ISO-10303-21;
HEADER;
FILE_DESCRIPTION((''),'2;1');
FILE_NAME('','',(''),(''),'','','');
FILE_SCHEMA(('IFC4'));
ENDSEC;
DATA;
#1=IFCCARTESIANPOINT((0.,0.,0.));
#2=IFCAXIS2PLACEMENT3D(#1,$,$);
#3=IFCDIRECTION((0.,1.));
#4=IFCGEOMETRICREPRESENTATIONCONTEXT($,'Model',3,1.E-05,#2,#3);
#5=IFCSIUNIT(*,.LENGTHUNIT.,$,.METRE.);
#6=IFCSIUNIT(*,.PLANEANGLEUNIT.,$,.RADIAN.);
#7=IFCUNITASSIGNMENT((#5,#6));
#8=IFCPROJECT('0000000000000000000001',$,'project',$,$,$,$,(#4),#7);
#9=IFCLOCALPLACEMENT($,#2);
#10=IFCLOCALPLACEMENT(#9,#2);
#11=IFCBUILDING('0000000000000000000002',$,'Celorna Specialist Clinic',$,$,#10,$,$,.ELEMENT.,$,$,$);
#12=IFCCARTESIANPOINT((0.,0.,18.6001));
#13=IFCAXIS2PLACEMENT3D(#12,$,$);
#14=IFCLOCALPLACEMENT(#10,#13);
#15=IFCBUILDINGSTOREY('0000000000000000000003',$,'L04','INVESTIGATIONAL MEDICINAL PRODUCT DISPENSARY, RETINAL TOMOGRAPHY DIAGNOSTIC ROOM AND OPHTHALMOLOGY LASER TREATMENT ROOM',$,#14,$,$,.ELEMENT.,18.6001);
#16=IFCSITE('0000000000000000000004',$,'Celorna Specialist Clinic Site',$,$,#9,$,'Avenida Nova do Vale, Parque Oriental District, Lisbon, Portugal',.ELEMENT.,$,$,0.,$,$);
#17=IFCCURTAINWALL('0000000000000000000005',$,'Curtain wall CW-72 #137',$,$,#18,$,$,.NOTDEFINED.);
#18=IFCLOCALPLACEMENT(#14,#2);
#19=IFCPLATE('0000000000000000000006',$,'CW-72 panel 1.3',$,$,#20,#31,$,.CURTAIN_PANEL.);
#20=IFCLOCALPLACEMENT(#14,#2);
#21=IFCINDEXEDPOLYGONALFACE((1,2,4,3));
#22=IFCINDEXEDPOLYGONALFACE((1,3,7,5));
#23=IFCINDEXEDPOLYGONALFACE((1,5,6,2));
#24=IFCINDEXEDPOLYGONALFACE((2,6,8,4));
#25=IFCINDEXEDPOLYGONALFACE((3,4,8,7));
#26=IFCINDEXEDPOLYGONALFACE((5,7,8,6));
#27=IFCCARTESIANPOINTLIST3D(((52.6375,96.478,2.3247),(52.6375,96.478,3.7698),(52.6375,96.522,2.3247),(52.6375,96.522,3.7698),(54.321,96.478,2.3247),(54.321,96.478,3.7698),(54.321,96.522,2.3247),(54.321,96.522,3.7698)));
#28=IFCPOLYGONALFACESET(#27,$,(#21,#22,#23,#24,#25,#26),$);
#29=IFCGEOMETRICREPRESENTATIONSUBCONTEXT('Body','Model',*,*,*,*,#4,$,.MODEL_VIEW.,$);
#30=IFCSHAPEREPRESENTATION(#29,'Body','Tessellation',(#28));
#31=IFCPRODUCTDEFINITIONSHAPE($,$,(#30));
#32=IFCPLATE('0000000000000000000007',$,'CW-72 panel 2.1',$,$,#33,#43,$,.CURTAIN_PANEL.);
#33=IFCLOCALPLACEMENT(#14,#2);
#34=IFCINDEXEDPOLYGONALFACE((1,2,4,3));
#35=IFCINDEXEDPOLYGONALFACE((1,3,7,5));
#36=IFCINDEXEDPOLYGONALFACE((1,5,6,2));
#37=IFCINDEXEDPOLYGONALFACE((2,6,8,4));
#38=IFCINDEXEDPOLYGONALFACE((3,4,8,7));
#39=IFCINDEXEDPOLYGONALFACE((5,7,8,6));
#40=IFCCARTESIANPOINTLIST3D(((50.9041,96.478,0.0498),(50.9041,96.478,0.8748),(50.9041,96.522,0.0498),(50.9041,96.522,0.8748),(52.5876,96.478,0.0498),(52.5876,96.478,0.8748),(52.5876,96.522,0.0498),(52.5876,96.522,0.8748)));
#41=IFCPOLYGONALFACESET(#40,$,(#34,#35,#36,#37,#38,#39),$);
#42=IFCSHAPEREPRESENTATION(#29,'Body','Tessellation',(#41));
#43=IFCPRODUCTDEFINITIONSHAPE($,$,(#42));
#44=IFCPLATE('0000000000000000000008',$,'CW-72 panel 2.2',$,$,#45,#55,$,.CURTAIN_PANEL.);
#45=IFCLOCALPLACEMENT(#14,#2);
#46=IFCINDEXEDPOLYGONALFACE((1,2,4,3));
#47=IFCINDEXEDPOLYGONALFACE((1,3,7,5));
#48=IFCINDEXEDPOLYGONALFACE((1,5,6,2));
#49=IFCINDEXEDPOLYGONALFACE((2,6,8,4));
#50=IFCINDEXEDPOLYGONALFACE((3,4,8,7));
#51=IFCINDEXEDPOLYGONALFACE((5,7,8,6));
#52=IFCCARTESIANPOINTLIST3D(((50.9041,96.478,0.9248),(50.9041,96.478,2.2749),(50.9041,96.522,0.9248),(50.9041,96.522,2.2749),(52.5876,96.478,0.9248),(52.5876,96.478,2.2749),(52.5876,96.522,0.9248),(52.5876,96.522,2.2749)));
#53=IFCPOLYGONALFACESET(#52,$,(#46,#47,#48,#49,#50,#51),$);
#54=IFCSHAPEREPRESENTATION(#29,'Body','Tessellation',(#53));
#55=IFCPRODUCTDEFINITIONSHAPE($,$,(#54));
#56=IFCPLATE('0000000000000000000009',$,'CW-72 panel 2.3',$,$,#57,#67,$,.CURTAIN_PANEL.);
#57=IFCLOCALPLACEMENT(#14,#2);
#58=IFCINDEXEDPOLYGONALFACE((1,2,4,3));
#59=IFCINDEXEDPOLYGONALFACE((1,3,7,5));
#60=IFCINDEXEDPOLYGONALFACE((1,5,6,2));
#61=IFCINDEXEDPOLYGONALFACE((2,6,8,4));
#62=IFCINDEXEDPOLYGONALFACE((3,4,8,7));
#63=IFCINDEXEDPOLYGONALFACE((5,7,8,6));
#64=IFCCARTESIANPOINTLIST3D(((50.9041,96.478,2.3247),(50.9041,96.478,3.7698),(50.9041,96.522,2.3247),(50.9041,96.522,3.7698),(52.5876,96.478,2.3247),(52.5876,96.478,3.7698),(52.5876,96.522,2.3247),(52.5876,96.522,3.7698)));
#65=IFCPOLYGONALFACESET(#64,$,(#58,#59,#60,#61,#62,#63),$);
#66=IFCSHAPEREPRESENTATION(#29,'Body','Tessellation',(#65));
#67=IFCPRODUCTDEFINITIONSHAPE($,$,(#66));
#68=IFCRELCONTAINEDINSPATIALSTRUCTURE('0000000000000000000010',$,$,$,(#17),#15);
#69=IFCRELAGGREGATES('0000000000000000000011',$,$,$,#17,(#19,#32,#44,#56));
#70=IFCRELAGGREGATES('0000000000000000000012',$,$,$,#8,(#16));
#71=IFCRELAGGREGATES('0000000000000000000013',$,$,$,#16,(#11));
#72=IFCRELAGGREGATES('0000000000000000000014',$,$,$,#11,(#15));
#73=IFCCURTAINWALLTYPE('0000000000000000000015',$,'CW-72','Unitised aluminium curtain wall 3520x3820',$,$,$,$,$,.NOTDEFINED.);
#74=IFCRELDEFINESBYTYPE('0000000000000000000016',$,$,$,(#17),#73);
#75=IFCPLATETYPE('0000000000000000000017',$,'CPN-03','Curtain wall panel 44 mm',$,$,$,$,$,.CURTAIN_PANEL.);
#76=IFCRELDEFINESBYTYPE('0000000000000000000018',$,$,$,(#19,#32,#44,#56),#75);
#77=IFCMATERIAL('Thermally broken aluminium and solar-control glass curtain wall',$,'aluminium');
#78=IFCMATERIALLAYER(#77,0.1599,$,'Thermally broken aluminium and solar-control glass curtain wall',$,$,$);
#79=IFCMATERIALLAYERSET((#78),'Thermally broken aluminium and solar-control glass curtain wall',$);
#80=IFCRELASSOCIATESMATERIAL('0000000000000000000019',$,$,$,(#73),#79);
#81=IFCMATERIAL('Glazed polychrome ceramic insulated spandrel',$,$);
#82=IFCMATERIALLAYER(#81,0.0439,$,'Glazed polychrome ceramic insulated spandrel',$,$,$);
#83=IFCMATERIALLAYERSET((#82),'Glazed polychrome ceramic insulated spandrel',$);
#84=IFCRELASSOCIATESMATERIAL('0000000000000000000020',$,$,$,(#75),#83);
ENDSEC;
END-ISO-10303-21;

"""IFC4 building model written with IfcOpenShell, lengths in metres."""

from ifc_helpers import new_model, si_unit, direction, frame, origin, origin_2d, place, context, subcontext, project, spatial, rectangle, extrude, material, layer, layer_set, type_object, element, aggregate, save


model = new_model("IFC4")

# Units and contexts
model_context = context("Model", 3, precision=1e-05, world=origin(), true_north=direction((0.0, 1.0)))
body_context = subcontext(model_context, "Body", "Model", "MODEL_VIEW")
ifc_project = project(units=[si_unit("LENGTHUNIT", "METRE"), si_unit("PLANEANGLEUNIT", "RADIAN")], contexts=[model_context])

# Site, building, storey
site_placement = place(None, origin())
site = spatial("IfcSite", under=ifc_project, at=site_placement, Name="Celorna Specialist Clinic Site", LongName="Avenida Nova do Vale, Parque Oriental District, Lisbon, Portugal", CompositionType="ELEMENT", RefElevation=0.0)
building_placement = place(site_placement, origin())
building = spatial("IfcBuilding", under=site, at=building_placement, Name="Celorna Specialist Clinic", CompositionType="ELEMENT")
storey_placement = place(building_placement, frame((0.0, 0.0, 18.6001)))
storey = spatial("IfcBuildingStorey", under=building, at=storey_placement, Name="L04", Description="INVESTIGATIONAL MEDICINAL PRODUCT DISPENSARY, RETINAL TOMOGRAPHY DIAGNOSTIC ROOM AND OPHTHALMOLOGY LASER TREATMENT ROOM", CompositionType="ELEMENT", Elevation=18.6001)

# Shared definitions
ifc_material_1 = material(Name="Thermally broken aluminium and solar-control glass curtain wall", Category="aluminium")

# Curtain wall
ifc_layer_1 = layer(ifc_material_1, 0.1599, Name="Thermally broken aluminium and solar-control glass curtain wall")
ifc_layer_set_1 = layer_set([ifc_layer_1], Name="Thermally broken aluminium and solar-control glass curtain wall")
curtain_wall_type_1 = type_object("IfcCurtainWallType", Name="CW-72", Description="Unitised aluminium curtain wall 3520x3820", PredefinedType="NOTDEFINED", material=ifc_layer_set_1)
curtain_wall_1_placement = place(storey_placement, origin())
curtain_wall_1 = element("IfcCurtainWall", 1, at=curtain_wall_1_placement, inside=storey, type_object=curtain_wall_type_1, Name="Curtain wall CW-72 #137", PredefinedType="NOTDEFINED")

# Plates
ifc_material_2 = material(Name="Glazed polychrome ceramic insulated spandrel")
ifc_layer_2 = layer(ifc_material_2, 0.0439, Name="Glazed polychrome ceramic insulated spandrel")
ifc_layer_set_2 = layer_set([ifc_layer_2], Name="Glazed polychrome ceramic insulated spandrel")
plate_type_1 = type_object("IfcPlateType", Name="CPN-03", Description="Curtain wall panel 44 mm", PredefinedType="CURTAIN_PANEL", material=ifc_layer_set_2)
plate_1_placement = place(storey_placement, frame((53.4792, 96.5, 2.3247), z_axis=(0.0, 0.0, 1.0), x_axis=(-1.0, 0.0, 0.0)))
plate_1 = element("IfcPlate", 2, at=plate_1_placement, type_object=plate_type_1, Name="CW-72 panel 1.3", PredefinedType="CURTAIN_PANEL", context=body_context, shape_type="SweptSolid", body=[
    extrude(rectangle(XDim=1.6836, YDim=0.0439, at=origin_2d()), origin(), (0.0, 0.0, 1.0), 1.4451),
])
plate_2_placement = place(storey_placement, frame((51.7458, 96.5, 0.0498), z_axis=(0.0, 0.0, 1.0), x_axis=(-1.0, 0.0, 0.0)))
plate_2 = element("IfcPlate", 3, at=plate_2_placement, type_object=plate_type_1, Name="CW-72 panel 2.1", PredefinedType="CURTAIN_PANEL", context=body_context, shape_type="SweptSolid", body=[
    extrude(rectangle(XDim=1.6836, YDim=0.0439, at=origin_2d()), origin(), (0.0, 0.0, 1.0), 0.825),
])
plate_3_placement = place(storey_placement, frame((51.7458, 96.5, 0.9248), z_axis=(0.0, 0.0, 1.0), x_axis=(-1.0, 0.0, 0.0)))
plate_3 = element("IfcPlate", 4, at=plate_3_placement, type_object=plate_type_1, Name="CW-72 panel 2.2", PredefinedType="CURTAIN_PANEL", context=body_context, shape_type="SweptSolid", body=[
    extrude(rectangle(XDim=1.6836, YDim=0.0439, at=origin_2d()), origin(), (0.0, 0.0, 1.0), 1.3501),
])
plate_4_placement = place(storey_placement, frame((51.7458, 96.5, 2.3247), z_axis=(0.0, 0.0, 1.0), x_axis=(-1.0, 0.0, 0.0)))
plate_4 = element("IfcPlate", 5, at=plate_4_placement, type_object=plate_type_1, Name="CW-72 panel 2.3", PredefinedType="CURTAIN_PANEL", context=body_context, shape_type="SweptSolid", body=[
    extrude(rectangle(XDim=1.6836, YDim=0.0439, at=origin_2d()), origin(), (0.0, 0.0, 1.0), 1.4451),
])
aggregate(curtain_wall_1, [plate_1, plate_2, plate_3, plate_4])

save(model, "model.ifc")
